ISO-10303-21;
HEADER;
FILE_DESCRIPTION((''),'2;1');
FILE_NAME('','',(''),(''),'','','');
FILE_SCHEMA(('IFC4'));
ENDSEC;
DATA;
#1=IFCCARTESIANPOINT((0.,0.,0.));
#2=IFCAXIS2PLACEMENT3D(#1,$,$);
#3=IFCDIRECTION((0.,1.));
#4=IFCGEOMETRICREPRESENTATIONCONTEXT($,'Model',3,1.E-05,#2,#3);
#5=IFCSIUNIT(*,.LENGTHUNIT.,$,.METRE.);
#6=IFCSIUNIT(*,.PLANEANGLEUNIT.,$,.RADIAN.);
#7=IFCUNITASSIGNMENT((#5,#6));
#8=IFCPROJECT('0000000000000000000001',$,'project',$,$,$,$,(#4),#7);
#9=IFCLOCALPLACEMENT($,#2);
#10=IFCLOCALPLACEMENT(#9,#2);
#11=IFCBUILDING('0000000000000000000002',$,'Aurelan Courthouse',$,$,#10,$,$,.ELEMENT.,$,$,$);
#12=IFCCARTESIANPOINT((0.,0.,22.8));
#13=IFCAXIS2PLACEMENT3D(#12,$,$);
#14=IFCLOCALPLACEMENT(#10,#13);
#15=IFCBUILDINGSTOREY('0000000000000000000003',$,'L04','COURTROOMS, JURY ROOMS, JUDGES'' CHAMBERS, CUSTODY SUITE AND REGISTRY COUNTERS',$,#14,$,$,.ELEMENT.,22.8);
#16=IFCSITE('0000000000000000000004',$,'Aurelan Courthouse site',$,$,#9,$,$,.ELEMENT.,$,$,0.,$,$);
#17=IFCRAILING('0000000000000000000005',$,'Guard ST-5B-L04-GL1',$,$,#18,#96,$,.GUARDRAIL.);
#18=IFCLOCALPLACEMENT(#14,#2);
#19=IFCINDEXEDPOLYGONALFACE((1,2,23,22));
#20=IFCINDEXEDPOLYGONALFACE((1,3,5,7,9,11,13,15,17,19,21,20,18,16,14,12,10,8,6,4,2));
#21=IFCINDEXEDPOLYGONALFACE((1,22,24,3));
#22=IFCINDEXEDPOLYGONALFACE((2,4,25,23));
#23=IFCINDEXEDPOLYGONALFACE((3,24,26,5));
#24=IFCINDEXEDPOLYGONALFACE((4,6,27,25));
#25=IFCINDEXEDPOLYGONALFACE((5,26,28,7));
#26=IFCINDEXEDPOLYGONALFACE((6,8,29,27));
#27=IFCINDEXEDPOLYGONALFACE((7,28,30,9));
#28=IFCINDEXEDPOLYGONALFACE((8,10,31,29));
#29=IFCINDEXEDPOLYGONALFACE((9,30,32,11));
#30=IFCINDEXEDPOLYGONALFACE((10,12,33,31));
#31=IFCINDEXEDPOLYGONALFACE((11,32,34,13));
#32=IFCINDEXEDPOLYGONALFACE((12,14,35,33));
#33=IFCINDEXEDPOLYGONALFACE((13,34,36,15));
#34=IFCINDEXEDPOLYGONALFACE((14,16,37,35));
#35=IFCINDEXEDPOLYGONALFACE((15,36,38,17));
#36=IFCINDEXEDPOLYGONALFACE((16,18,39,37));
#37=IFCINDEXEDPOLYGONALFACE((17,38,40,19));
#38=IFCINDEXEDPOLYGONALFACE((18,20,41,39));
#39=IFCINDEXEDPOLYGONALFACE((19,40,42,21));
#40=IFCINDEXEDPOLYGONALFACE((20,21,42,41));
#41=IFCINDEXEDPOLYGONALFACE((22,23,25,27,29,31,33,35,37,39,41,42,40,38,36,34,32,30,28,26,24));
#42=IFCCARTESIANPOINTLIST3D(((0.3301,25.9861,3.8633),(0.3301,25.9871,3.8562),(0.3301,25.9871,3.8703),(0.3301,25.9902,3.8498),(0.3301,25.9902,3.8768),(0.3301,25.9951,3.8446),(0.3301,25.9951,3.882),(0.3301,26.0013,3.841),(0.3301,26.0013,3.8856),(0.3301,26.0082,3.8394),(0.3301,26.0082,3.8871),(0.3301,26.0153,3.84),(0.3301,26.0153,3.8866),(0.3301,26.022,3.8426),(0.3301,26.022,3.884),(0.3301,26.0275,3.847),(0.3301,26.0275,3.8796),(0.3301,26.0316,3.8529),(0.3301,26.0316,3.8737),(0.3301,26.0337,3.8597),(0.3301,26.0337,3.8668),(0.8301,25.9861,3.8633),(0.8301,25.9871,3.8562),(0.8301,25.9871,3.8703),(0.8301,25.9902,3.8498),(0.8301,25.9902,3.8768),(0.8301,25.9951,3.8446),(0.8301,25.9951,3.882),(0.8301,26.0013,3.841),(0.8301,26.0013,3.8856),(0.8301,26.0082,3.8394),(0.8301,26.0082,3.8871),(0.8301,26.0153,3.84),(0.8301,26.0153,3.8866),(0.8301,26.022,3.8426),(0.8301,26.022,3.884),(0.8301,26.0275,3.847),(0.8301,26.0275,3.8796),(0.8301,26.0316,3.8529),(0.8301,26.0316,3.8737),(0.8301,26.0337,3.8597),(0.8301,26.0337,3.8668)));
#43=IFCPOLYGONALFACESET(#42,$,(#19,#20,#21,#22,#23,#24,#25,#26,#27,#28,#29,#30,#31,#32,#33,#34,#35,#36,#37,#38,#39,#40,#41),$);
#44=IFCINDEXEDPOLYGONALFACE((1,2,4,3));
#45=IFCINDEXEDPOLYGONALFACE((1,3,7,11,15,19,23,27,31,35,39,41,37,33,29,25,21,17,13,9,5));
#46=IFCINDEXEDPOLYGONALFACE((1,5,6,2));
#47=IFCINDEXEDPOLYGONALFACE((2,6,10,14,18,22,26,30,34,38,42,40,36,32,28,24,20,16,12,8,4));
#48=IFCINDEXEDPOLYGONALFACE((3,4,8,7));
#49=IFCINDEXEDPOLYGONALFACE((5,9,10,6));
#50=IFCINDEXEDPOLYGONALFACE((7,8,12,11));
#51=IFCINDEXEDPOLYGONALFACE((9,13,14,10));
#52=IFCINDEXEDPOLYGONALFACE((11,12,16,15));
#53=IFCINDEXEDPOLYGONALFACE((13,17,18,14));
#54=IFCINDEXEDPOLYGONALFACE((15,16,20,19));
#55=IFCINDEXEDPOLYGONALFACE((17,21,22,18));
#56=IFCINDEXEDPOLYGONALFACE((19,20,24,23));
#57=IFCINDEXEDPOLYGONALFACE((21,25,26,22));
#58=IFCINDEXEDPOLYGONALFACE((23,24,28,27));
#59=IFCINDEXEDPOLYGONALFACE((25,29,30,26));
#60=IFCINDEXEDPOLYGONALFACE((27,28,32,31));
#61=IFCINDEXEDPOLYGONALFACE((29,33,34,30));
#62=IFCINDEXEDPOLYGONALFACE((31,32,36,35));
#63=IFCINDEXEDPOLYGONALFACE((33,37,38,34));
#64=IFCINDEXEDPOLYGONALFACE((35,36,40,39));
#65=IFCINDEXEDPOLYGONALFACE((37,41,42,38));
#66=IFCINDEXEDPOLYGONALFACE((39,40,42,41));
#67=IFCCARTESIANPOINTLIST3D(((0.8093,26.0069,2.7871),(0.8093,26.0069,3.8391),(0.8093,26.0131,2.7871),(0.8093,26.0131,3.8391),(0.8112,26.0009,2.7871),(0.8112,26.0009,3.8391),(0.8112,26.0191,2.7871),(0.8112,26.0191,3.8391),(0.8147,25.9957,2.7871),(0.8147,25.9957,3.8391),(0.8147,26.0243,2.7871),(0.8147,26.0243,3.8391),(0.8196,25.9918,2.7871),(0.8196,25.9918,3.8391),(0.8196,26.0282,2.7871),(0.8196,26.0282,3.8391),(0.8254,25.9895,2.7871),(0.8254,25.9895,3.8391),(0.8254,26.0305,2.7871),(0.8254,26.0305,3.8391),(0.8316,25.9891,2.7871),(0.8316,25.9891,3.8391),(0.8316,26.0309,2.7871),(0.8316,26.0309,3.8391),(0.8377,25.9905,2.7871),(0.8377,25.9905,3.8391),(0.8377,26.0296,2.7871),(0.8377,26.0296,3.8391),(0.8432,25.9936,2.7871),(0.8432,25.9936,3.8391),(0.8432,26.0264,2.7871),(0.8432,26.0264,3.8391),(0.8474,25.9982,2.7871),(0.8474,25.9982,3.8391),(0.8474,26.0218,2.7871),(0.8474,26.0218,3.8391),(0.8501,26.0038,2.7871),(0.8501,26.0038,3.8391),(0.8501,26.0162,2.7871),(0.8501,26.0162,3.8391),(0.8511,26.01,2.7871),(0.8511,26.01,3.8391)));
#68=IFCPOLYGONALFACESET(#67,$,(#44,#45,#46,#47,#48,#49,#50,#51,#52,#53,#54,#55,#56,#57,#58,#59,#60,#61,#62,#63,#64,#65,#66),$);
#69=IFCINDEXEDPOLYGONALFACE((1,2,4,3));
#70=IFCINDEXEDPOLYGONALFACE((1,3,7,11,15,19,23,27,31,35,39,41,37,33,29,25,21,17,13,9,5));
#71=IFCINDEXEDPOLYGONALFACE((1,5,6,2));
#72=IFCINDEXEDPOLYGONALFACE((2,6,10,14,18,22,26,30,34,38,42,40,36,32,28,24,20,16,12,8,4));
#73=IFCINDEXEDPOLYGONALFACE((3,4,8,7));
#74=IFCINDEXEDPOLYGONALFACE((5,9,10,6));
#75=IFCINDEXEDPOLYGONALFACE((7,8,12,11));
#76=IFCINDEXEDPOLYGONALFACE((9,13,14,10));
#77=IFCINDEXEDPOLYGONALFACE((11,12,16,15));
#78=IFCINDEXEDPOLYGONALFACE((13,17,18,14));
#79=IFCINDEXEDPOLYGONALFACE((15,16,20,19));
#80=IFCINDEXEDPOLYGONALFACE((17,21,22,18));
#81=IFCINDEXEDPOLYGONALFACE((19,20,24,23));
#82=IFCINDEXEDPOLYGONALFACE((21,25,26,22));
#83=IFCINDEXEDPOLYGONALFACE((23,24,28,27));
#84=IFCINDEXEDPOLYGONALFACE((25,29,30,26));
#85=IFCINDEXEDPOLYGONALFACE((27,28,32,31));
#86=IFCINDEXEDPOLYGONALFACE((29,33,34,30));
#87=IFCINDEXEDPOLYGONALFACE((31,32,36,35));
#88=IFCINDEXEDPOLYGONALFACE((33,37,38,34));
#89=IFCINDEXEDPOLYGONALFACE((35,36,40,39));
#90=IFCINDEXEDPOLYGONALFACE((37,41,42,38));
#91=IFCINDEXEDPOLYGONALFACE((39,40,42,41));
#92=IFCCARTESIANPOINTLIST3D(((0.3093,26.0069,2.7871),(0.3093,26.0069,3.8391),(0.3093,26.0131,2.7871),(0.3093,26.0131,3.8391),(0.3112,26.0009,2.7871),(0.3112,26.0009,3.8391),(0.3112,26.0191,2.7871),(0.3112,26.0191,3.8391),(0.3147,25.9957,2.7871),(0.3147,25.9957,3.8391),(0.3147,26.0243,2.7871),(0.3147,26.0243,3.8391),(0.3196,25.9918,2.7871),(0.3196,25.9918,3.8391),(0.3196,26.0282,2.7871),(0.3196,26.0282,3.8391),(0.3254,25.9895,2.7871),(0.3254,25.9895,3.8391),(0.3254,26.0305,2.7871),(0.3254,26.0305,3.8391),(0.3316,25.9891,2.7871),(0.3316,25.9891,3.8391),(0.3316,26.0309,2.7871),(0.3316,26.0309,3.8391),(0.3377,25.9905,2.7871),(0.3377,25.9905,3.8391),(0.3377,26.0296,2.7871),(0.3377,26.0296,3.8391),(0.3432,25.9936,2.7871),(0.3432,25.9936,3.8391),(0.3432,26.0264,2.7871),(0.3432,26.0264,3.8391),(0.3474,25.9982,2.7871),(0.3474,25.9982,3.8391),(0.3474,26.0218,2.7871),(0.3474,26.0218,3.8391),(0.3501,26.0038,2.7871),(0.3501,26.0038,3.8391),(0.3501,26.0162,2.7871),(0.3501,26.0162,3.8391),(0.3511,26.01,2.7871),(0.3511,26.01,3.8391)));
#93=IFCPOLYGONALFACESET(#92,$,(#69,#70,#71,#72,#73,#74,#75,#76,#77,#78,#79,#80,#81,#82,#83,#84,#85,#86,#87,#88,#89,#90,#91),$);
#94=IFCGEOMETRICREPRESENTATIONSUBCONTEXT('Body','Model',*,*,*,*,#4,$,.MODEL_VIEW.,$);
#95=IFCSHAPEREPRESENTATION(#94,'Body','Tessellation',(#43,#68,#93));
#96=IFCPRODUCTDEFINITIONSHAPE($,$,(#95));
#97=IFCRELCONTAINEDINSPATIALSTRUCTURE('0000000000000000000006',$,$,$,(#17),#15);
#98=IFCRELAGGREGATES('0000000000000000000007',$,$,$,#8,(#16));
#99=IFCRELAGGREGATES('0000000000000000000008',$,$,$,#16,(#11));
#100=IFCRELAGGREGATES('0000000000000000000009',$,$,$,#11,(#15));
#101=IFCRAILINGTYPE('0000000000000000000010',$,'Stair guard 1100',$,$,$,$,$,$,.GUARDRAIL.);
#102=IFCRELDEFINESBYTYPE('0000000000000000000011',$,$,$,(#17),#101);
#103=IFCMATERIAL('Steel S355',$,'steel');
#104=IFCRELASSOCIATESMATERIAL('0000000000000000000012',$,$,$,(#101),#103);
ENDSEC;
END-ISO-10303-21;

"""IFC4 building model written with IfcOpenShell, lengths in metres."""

from ifc_helpers import new_model, si_unit, direction, frame, origin, origin_2d, place, context, subcontext, project, spatial, circle, extrude, material, type_object, element, save


model = new_model("IFC4")

# Units and contexts
model_context = context("Model", 3, precision=1e-05, world=origin(), true_north=direction((0.0, 1.0)))
body_context = subcontext(model_context, "Body", "Model", "MODEL_VIEW")
ifc_project = project(units=[si_unit("LENGTHUNIT", "METRE"), si_unit("PLANEANGLEUNIT", "RADIAN")], contexts=[model_context])

# Site, building, storey
site_placement = place(None, origin())
site = spatial("IfcSite", under=ifc_project, at=site_placement, Name="Aurelan Courthouse site", CompositionType="ELEMENT", RefElevation=0.0)
building_placement = place(site_placement, origin())
building = spatial("IfcBuilding", under=site, at=building_placement, Name="Aurelan Courthouse", CompositionType="ELEMENT")
storey_placement = place(building_placement, frame((0.0, 0.0, 22.8)))
storey = spatial("IfcBuildingStorey", under=building, at=storey_placement, Name="L04", Description="COURTROOMS, JURY ROOMS, JUDGES' CHAMBERS, CUSTODY SUITE AND REGISTRY COUNTERS", CompositionType="ELEMENT", Elevation=22.8)

# Railing
ifc_material_1 = material(Name="Steel S355", Category="steel")
railing_type_1 = type_object("IfcRailingType", Name="Stair guard 1100", PredefinedType="GUARDRAIL", material=ifc_material_1)
railing_placement = place(storey_placement, frame((0.8301, 26.01, 2.7871)))
element("IfcRailing", 1, at=railing_placement, inside=storey, type_object=railing_type_1, Name="Guard ST-5B-L04-GL1", PredefinedType="GUARDRAIL", context=body_context, shape_type="SweptSolid", body=[
    extrude(circle(Radius=0.0239, at=origin_2d()), frame((0.0, 0.0, 1.0762), z_axis=(-1.0, 0.0, 0.0), x_axis=(0.0, -1.0, 0.0)), (0.0, 0.0, 1.0), 0.5),
    extrude(circle(Radius=0.021, at=origin_2d()), origin(), (0.0, 0.0, 1.0), 1.052),
    extrude(circle(Radius=0.021, at=origin_2d()), frame((-0.5, 0.0, 0.0)), (0.0, 0.0, 1.0), 1.052),
])

save(model, "model.ifc")
